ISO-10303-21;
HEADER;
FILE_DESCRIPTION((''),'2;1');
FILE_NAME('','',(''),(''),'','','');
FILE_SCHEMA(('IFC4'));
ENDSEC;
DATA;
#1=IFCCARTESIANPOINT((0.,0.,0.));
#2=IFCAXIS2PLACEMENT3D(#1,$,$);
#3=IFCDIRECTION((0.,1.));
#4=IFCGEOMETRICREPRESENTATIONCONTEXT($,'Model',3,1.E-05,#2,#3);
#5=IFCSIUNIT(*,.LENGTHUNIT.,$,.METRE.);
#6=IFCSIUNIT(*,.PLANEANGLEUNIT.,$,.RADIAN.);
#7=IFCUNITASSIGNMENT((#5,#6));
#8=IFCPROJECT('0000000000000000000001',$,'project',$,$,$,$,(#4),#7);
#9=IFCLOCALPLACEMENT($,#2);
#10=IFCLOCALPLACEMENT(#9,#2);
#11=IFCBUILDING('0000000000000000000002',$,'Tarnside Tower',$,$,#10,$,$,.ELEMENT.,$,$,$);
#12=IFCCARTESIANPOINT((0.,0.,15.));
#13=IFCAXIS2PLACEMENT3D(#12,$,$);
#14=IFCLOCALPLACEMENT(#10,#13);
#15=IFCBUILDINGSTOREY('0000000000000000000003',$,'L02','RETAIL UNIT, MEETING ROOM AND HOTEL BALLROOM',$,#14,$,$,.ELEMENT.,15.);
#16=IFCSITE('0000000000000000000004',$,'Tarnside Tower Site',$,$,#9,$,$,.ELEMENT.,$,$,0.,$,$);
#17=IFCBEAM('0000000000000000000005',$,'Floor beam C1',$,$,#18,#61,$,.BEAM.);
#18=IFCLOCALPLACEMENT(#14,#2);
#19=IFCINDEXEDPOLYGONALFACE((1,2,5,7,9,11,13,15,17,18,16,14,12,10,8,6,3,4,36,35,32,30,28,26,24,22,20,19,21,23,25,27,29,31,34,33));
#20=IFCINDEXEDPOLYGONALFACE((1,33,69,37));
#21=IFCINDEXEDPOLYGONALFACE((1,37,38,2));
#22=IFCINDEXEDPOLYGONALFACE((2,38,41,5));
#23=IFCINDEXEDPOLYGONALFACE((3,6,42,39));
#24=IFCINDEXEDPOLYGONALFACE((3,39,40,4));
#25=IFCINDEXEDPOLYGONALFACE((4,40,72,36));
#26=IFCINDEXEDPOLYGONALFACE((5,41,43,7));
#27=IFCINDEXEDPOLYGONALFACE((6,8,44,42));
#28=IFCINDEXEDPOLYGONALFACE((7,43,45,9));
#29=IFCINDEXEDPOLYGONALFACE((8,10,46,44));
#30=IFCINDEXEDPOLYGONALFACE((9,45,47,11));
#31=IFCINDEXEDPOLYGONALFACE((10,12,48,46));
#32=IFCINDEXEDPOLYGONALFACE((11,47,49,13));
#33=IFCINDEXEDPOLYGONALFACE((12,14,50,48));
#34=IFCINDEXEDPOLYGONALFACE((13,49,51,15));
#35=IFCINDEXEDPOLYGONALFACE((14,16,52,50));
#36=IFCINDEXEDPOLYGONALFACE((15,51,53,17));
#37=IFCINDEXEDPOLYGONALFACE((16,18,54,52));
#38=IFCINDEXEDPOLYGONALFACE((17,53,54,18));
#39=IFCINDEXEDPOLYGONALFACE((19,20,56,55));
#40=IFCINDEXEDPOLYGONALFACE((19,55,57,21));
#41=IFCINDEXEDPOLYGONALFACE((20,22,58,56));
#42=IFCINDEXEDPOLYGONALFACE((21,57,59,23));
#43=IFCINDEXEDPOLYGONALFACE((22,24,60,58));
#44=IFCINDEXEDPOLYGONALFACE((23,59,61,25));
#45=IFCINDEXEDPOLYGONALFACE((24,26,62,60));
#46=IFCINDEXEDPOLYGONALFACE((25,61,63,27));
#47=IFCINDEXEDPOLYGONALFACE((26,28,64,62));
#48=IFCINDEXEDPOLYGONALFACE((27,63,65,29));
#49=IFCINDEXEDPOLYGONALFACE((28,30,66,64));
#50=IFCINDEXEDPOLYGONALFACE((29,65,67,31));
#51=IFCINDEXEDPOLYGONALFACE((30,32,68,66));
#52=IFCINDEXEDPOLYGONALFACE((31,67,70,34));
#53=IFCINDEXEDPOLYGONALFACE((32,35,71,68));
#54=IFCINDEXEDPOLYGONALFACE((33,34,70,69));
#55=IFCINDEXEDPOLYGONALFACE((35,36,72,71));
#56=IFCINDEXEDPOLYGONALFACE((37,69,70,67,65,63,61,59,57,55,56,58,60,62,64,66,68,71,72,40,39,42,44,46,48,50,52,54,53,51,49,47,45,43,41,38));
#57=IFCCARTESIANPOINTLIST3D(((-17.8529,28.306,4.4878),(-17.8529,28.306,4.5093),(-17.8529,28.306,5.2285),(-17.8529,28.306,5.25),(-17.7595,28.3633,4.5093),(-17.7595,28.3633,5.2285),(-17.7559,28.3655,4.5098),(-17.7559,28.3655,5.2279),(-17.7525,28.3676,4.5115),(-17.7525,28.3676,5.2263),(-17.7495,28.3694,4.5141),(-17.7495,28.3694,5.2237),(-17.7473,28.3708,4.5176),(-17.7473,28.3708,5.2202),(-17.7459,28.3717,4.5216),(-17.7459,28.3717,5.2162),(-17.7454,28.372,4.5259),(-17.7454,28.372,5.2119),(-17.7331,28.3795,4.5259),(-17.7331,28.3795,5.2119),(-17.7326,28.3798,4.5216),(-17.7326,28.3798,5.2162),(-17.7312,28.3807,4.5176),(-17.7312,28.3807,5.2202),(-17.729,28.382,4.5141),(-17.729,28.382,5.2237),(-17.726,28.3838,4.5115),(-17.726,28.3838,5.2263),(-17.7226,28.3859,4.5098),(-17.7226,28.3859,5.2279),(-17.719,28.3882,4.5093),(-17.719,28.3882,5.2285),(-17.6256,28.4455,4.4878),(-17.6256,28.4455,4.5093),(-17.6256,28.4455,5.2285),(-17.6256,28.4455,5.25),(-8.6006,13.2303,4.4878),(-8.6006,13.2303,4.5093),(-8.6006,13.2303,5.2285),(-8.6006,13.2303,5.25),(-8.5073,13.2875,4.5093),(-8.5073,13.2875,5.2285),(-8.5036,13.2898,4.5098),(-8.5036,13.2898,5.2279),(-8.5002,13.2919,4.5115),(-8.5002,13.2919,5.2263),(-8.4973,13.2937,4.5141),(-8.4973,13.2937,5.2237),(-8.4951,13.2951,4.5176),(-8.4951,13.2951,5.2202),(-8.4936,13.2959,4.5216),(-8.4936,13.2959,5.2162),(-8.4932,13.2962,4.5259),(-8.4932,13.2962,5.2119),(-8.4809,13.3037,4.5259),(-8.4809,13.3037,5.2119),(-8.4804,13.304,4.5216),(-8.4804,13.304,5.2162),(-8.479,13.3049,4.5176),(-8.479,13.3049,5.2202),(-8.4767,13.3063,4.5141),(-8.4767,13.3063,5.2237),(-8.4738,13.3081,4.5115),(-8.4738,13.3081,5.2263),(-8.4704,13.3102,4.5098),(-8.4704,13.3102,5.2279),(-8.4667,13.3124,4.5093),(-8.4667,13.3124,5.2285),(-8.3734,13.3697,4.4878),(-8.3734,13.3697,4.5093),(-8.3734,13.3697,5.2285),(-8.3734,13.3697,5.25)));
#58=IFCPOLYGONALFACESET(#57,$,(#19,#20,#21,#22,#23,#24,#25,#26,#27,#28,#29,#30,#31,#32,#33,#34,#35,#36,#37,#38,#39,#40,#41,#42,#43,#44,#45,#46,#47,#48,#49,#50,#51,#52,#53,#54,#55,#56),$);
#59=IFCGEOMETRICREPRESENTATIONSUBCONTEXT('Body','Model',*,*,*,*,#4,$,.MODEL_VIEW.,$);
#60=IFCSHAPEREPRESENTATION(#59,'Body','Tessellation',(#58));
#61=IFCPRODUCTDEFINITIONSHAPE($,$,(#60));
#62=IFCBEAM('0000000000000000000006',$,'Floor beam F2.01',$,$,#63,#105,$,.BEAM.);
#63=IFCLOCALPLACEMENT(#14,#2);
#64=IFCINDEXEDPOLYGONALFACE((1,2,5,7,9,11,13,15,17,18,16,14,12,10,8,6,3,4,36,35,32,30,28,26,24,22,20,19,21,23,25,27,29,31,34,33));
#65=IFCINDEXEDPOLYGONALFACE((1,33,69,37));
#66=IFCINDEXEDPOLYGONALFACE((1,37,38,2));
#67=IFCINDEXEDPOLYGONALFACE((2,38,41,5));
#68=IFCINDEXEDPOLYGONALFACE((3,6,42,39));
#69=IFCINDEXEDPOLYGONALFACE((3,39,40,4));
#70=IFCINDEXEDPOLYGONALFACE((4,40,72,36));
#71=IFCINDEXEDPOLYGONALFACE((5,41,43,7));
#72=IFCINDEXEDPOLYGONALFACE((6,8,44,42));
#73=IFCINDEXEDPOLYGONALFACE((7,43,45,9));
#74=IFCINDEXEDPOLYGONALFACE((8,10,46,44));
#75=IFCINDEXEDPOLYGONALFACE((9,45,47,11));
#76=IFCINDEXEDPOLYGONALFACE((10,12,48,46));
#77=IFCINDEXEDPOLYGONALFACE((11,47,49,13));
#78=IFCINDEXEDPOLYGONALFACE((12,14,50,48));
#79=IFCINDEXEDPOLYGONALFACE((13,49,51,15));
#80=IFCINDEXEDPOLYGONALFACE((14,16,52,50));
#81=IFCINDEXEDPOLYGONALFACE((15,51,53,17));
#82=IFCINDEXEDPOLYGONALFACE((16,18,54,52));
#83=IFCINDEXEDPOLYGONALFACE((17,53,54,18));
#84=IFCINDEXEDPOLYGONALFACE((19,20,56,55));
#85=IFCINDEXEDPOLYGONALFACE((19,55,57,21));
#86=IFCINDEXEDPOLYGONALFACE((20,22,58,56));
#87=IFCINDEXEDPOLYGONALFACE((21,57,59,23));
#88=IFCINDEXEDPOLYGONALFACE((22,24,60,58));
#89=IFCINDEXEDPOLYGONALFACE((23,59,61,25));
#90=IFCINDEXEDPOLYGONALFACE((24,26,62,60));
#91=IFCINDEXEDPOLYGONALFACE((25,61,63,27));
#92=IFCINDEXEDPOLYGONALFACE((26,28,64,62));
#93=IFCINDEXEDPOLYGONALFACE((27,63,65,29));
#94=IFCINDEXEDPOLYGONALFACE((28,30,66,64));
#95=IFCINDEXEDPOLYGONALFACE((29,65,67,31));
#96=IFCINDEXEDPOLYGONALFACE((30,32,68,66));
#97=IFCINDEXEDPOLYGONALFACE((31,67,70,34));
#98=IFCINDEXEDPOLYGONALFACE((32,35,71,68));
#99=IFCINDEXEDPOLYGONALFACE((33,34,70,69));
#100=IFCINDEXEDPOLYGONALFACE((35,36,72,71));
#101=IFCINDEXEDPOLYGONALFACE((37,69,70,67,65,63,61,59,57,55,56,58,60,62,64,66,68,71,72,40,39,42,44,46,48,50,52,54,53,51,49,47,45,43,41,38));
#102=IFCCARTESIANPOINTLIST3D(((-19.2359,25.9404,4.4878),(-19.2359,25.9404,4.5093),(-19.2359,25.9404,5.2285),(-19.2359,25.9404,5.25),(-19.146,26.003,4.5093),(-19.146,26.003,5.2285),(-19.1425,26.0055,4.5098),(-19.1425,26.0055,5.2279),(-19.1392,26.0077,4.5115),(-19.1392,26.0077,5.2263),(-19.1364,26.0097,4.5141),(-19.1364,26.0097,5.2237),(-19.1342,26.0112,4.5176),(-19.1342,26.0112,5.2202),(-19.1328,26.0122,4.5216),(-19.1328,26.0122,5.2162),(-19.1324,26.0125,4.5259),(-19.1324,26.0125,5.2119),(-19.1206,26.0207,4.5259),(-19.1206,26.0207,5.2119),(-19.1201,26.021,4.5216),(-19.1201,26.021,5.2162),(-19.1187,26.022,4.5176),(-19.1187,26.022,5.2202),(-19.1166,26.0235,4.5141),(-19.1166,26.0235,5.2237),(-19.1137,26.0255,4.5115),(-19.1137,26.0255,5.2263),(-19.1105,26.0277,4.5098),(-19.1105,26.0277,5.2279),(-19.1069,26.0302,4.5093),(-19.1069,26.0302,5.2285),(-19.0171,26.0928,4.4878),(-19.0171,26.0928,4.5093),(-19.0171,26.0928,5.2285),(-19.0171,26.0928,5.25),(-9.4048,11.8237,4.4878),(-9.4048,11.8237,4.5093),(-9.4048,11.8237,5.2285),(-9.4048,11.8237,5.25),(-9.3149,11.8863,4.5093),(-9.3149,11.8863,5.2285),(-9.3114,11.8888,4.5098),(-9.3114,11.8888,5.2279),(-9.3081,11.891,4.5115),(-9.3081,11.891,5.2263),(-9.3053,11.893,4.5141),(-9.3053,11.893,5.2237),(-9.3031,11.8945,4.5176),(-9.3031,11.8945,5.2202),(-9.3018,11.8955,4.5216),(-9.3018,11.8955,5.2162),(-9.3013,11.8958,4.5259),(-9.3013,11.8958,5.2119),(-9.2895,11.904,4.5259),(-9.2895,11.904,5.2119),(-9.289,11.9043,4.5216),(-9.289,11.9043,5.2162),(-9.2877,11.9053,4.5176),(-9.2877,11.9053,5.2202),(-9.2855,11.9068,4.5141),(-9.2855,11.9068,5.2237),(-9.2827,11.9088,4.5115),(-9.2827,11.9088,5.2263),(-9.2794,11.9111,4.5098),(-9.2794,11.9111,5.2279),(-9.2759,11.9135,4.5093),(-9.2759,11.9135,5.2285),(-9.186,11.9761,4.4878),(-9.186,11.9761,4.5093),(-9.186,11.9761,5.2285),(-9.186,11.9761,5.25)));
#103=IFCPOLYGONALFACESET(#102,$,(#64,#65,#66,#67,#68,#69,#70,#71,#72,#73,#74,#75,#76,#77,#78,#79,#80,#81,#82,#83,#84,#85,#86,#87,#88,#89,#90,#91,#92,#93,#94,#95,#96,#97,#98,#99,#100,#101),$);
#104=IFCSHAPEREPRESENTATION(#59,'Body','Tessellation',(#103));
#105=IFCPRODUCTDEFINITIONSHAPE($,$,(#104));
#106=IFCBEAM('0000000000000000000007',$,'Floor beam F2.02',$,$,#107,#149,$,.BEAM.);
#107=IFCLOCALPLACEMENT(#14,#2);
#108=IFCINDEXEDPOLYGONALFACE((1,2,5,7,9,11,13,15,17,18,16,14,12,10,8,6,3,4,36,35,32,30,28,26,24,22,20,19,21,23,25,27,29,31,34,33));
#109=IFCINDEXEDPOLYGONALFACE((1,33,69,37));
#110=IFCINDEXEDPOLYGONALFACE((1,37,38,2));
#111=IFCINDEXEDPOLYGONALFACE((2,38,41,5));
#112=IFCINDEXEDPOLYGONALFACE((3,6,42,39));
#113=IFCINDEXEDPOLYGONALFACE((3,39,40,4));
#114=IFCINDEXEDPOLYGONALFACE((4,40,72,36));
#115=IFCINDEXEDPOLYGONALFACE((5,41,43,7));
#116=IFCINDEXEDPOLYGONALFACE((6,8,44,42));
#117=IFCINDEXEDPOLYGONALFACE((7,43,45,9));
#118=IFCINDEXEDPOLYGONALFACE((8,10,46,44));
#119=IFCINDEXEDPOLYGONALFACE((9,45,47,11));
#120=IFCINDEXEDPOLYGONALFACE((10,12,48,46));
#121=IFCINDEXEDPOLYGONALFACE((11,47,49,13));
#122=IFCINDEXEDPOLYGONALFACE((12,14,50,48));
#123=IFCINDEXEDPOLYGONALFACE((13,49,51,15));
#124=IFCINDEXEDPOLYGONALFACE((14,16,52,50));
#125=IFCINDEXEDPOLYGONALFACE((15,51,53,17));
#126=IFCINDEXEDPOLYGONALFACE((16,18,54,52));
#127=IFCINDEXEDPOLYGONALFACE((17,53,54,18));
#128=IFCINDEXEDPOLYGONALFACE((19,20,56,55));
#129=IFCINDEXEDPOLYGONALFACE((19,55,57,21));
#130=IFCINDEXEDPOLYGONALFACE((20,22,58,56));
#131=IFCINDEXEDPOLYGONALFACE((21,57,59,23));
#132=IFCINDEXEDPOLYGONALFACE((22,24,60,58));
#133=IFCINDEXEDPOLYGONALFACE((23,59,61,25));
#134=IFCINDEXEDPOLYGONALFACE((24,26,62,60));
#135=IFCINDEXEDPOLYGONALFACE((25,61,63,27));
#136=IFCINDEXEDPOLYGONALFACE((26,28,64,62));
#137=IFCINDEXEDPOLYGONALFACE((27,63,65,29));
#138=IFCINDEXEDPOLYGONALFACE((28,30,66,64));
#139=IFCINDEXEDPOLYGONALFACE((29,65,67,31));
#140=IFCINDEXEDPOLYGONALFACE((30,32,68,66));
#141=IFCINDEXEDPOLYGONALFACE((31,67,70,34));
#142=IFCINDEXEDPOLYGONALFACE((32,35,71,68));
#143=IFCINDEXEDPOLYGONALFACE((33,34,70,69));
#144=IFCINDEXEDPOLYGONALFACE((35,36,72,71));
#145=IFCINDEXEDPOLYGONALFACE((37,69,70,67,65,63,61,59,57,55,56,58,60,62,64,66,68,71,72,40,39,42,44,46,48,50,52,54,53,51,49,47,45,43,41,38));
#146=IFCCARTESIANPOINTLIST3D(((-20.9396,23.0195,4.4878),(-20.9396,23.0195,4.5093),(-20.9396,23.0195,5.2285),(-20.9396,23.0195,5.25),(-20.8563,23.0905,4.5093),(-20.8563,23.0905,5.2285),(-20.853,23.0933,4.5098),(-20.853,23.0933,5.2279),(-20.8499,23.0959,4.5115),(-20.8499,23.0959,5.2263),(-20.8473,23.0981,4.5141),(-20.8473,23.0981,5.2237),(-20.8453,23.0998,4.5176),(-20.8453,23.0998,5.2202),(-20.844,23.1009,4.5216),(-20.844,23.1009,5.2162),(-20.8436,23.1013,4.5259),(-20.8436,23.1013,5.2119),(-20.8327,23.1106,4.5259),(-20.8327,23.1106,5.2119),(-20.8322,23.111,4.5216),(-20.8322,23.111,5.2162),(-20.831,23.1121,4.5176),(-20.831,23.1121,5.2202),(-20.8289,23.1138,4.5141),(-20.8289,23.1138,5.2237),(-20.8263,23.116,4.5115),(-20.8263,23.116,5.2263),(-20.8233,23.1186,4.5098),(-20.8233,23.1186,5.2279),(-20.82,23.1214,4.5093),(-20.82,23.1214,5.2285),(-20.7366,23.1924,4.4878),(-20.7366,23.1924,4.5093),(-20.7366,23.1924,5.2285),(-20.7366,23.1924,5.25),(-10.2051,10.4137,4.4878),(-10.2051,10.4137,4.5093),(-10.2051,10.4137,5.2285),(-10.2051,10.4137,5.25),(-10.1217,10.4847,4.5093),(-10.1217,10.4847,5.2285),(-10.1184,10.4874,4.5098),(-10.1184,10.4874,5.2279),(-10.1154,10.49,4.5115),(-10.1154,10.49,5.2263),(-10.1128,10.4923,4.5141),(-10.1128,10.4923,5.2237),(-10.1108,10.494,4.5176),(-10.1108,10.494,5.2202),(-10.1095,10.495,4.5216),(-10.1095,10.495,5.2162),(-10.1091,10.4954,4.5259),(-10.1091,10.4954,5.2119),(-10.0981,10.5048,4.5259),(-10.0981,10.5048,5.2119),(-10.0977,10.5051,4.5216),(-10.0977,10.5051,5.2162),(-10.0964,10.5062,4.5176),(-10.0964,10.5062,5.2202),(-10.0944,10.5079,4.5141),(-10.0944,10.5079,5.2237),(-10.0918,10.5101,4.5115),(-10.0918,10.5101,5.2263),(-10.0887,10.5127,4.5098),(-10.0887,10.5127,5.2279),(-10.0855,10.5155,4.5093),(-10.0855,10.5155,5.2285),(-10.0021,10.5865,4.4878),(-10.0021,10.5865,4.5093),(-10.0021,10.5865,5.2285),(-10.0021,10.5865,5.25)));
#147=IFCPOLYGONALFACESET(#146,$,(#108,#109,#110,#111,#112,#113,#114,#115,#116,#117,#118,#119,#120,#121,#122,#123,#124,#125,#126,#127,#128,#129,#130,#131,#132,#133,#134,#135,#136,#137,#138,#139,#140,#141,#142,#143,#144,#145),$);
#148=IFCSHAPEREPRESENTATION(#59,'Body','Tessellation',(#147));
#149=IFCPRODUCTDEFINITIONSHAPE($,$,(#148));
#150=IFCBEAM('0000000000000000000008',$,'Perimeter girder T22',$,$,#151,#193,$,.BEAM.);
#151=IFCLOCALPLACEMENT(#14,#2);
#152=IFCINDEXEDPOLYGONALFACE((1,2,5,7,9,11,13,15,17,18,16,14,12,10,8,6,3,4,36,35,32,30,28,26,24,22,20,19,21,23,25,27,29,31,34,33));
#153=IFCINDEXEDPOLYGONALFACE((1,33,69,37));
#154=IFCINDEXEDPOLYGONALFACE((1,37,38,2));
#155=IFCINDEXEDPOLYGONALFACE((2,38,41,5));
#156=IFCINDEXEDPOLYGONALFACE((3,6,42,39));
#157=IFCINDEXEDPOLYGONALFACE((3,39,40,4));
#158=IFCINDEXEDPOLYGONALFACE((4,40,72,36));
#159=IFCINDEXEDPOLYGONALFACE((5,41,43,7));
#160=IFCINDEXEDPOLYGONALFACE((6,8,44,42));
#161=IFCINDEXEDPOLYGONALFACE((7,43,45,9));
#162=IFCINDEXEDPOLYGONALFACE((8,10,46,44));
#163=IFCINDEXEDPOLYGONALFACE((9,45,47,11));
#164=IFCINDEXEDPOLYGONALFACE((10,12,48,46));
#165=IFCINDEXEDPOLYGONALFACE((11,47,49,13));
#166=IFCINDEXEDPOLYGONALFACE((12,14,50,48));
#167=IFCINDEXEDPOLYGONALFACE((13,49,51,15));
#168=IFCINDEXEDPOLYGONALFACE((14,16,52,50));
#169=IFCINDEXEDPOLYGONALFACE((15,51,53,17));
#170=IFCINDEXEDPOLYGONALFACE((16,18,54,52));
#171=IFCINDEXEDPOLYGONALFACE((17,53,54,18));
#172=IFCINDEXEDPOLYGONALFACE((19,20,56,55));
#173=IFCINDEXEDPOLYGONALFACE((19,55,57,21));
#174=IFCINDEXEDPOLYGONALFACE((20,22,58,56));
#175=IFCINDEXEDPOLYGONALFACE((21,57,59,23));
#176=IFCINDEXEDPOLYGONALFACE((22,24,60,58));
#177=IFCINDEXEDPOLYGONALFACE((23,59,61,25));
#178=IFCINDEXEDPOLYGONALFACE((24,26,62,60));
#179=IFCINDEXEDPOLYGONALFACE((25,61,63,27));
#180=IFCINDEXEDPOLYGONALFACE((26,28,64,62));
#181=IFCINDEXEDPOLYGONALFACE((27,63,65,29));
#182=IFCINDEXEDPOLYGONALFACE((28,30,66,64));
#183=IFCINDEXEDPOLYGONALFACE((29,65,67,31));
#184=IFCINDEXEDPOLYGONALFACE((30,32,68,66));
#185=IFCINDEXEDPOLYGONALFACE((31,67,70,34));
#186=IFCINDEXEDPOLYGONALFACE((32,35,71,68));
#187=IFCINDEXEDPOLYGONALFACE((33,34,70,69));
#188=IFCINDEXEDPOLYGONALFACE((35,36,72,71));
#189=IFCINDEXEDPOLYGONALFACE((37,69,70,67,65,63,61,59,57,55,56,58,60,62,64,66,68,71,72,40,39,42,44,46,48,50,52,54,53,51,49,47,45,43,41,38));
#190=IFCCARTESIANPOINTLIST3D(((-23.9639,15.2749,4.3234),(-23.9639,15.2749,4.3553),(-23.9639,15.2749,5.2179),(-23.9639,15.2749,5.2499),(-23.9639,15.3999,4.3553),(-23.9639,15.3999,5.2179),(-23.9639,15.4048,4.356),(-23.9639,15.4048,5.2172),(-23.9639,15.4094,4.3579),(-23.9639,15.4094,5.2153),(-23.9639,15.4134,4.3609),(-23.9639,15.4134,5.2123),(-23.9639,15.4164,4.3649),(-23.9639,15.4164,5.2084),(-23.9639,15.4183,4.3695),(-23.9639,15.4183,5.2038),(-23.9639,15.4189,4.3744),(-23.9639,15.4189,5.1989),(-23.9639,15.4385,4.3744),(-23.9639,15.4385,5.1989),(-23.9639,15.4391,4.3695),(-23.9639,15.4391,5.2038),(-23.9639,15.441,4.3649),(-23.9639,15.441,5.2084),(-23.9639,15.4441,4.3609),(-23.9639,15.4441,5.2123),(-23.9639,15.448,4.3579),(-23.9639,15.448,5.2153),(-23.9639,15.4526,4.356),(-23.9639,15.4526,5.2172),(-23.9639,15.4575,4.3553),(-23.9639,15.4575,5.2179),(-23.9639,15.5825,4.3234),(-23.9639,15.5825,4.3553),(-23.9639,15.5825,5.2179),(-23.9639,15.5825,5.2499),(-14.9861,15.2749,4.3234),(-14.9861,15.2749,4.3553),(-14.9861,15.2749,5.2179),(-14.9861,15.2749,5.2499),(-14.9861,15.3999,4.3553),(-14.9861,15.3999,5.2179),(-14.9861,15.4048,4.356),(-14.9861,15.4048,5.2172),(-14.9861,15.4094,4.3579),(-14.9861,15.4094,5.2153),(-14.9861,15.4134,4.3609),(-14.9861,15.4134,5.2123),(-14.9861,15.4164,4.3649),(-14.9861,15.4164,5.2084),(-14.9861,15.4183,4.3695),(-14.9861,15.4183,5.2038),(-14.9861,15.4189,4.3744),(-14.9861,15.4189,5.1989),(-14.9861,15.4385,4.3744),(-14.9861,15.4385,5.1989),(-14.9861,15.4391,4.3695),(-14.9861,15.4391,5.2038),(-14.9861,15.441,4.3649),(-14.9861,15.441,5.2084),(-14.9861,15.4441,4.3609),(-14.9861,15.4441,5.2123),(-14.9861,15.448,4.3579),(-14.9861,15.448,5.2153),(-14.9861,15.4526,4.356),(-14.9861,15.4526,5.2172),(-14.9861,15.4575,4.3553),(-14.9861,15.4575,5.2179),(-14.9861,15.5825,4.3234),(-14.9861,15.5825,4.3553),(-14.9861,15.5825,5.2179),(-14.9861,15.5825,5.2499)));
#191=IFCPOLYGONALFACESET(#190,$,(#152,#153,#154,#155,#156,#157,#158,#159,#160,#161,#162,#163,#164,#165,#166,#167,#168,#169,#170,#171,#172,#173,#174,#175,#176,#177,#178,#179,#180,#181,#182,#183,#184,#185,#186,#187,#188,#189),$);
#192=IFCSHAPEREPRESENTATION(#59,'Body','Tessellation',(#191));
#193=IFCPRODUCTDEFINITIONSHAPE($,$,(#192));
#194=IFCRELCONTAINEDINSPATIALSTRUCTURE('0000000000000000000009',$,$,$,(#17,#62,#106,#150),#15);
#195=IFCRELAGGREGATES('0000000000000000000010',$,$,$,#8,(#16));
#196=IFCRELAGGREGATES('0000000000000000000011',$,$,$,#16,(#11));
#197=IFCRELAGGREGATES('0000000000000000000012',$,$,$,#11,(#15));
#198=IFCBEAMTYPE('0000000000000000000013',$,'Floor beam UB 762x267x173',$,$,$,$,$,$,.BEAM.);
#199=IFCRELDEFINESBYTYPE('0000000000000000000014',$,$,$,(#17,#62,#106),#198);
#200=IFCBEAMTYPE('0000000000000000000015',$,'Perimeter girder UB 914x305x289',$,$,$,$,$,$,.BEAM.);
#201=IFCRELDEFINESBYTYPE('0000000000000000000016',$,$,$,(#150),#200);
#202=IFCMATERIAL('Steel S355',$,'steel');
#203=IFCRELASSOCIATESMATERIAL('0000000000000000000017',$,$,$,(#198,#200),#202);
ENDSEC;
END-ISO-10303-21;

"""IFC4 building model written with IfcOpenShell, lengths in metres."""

from ifc_helpers import new_model, si_unit, direction, frame, origin, origin_2d, place, context, subcontext, project, spatial, i_section, extrude, material, material_profile, profile_set, type_object, element, save


model = new_model("IFC4")

# Units and contexts
model_context = context("Model", 3, precision=1e-05, world=origin(), true_north=direction((0.0, 1.0)))
body_context = subcontext(model_context, "Body", "Model", "MODEL_VIEW")
ifc_project = project(units=[si_unit("LENGTHUNIT", "METRE"), si_unit("PLANEANGLEUNIT", "RADIAN")], contexts=[model_context])

# Site, building, storey
site_placement = place(None, origin())
site = spatial("IfcSite", under=ifc_project, at=site_placement, Name="Tarnside Tower Site", CompositionType="ELEMENT", RefElevation=0.0)
building_placement = place(site_placement, origin())
building = spatial("IfcBuilding", under=site, at=building_placement, Name="Tarnside Tower", CompositionType="ELEMENT")
storey_placement = place(building_placement, frame((0.0, 0.0, 15.0)))
storey = spatial("IfcBuildingStorey", under=building, at=storey_placement, Name="L02", Description="RETAIL UNIT, MEETING ROOM AND HOTEL BALLROOM", CompositionType="ELEMENT", Elevation=15.0)

# Beams
ifc_material_1 = material(Name="Steel S355", Category="steel")
ifc_material_profile_1 = material_profile(ifc_material_1, i_section(OverallWidth=0.2666, OverallDepth=0.7622, WebThickness=0.0144, FlangeThickness=0.0215, FilletRadius=0.0166, at=origin_2d()), Name="UB 762x267x173")
ifc_profile_set_1 = profile_set([ifc_material_profile_1], Name="Steel S355")
beam_type_1 = type_object("IfcBeamType", Name="Floor beam UB 762x267x173", PredefinedType="BEAM", material=ifc_profile_set_1)
beam_1_placement = place(storey_placement, frame((-17.7393, 28.3757, 4.8689), z_axis=(0.523066, -0.852292, 0.0), x_axis=(0.852292, 0.523066, 0.0)))
element("IfcBeam", 1, at=beam_1_placement, inside=storey, type_object=beam_type_1, Name="Floor beam C1", PredefinedType="BEAM", context=body_context, shape_type="SweptSolid", body=[
    extrude(i_section(OverallWidth=0.2666, OverallDepth=0.7622, WebThickness=0.0144, FlangeThickness=0.0215, FilletRadius=0.0166, at=origin_2d()), origin(), (0.0, 0.0, 1.0), 17.6885),
])
beam_2_placement = place(storey_placement, frame((-19.1265, 26.0166, 4.8689), z_axis=(0.571485, -0.820612, 0.0), x_axis=(0.820612, 0.571485, 0.0)))
element("IfcBeam", 2, at=beam_2_placement, inside=storey, type_object=beam_type_1, Name="Floor beam F2.01", PredefinedType="BEAM", context=body_context, shape_type="SweptSolid", body=[
    extrude(i_section(OverallWidth=0.2666, OverallDepth=0.7622, WebThickness=0.0144, FlangeThickness=0.0215, FilletRadius=0.0166, at=origin_2d()), origin(), (0.0, 0.0, 1.0), 17.2026),
])
beam_3_placement = place(storey_placement, frame((-20.8381, 23.106, 4.8689), z_axis=(0.648334, -0.761356, 0.0), x_axis=(0.761356, 0.648334, 0.0)))
element("IfcBeam", 3, at=beam_3_placement, inside=storey, type_object=beam_type_1, Name="Floor beam F2.02", PredefinedType="BEAM", context=body_context, shape_type="SweptSolid", body=[
    extrude(i_section(OverallWidth=0.2666, OverallDepth=0.7622, WebThickness=0.0144, FlangeThickness=0.0215, FilletRadius=0.0166, at=origin_2d()), origin(), (0.0, 0.0, 1.0), 16.5571),
])
ifc_material_profile_2 = material_profile(ifc_material_1, i_section(OverallWidth=0.3076, OverallDepth=0.9265, WebThickness=0.0195, FlangeThickness=0.032, FilletRadius=0.019, at=origin_2d()), Name="UB 914x305x289")
ifc_profile_set_2 = profile_set([ifc_material_profile_2], Name="Steel S355")
beam_type_2 = type_object("IfcBeamType", Name="Perimeter girder UB 914x305x289", PredefinedType="BEAM", material=ifc_profile_set_2)
beam_4_placement = place(storey_placement, frame((-23.9639, 15.4287, 4.7866), z_axis=(1.0, 0.0, 0.0), x_axis=(0.0, 1.0, 0.0)))
element("IfcBeam", 4, at=beam_4_placement, inside=storey, type_object=beam_type_2, Name="Perimeter girder T22", PredefinedType="BEAM", context=body_context, shape_type="SweptSolid", body=[
    extrude(i_section(OverallWidth=0.3076, OverallDepth=0.9265, WebThickness=0.0195, FlangeThickness=0.032, FilletRadius=0.019, at=origin_2d()), origin(), (0.0, 0.0, 1.0), 8.9778),
])

save(model, "model.ifc")
